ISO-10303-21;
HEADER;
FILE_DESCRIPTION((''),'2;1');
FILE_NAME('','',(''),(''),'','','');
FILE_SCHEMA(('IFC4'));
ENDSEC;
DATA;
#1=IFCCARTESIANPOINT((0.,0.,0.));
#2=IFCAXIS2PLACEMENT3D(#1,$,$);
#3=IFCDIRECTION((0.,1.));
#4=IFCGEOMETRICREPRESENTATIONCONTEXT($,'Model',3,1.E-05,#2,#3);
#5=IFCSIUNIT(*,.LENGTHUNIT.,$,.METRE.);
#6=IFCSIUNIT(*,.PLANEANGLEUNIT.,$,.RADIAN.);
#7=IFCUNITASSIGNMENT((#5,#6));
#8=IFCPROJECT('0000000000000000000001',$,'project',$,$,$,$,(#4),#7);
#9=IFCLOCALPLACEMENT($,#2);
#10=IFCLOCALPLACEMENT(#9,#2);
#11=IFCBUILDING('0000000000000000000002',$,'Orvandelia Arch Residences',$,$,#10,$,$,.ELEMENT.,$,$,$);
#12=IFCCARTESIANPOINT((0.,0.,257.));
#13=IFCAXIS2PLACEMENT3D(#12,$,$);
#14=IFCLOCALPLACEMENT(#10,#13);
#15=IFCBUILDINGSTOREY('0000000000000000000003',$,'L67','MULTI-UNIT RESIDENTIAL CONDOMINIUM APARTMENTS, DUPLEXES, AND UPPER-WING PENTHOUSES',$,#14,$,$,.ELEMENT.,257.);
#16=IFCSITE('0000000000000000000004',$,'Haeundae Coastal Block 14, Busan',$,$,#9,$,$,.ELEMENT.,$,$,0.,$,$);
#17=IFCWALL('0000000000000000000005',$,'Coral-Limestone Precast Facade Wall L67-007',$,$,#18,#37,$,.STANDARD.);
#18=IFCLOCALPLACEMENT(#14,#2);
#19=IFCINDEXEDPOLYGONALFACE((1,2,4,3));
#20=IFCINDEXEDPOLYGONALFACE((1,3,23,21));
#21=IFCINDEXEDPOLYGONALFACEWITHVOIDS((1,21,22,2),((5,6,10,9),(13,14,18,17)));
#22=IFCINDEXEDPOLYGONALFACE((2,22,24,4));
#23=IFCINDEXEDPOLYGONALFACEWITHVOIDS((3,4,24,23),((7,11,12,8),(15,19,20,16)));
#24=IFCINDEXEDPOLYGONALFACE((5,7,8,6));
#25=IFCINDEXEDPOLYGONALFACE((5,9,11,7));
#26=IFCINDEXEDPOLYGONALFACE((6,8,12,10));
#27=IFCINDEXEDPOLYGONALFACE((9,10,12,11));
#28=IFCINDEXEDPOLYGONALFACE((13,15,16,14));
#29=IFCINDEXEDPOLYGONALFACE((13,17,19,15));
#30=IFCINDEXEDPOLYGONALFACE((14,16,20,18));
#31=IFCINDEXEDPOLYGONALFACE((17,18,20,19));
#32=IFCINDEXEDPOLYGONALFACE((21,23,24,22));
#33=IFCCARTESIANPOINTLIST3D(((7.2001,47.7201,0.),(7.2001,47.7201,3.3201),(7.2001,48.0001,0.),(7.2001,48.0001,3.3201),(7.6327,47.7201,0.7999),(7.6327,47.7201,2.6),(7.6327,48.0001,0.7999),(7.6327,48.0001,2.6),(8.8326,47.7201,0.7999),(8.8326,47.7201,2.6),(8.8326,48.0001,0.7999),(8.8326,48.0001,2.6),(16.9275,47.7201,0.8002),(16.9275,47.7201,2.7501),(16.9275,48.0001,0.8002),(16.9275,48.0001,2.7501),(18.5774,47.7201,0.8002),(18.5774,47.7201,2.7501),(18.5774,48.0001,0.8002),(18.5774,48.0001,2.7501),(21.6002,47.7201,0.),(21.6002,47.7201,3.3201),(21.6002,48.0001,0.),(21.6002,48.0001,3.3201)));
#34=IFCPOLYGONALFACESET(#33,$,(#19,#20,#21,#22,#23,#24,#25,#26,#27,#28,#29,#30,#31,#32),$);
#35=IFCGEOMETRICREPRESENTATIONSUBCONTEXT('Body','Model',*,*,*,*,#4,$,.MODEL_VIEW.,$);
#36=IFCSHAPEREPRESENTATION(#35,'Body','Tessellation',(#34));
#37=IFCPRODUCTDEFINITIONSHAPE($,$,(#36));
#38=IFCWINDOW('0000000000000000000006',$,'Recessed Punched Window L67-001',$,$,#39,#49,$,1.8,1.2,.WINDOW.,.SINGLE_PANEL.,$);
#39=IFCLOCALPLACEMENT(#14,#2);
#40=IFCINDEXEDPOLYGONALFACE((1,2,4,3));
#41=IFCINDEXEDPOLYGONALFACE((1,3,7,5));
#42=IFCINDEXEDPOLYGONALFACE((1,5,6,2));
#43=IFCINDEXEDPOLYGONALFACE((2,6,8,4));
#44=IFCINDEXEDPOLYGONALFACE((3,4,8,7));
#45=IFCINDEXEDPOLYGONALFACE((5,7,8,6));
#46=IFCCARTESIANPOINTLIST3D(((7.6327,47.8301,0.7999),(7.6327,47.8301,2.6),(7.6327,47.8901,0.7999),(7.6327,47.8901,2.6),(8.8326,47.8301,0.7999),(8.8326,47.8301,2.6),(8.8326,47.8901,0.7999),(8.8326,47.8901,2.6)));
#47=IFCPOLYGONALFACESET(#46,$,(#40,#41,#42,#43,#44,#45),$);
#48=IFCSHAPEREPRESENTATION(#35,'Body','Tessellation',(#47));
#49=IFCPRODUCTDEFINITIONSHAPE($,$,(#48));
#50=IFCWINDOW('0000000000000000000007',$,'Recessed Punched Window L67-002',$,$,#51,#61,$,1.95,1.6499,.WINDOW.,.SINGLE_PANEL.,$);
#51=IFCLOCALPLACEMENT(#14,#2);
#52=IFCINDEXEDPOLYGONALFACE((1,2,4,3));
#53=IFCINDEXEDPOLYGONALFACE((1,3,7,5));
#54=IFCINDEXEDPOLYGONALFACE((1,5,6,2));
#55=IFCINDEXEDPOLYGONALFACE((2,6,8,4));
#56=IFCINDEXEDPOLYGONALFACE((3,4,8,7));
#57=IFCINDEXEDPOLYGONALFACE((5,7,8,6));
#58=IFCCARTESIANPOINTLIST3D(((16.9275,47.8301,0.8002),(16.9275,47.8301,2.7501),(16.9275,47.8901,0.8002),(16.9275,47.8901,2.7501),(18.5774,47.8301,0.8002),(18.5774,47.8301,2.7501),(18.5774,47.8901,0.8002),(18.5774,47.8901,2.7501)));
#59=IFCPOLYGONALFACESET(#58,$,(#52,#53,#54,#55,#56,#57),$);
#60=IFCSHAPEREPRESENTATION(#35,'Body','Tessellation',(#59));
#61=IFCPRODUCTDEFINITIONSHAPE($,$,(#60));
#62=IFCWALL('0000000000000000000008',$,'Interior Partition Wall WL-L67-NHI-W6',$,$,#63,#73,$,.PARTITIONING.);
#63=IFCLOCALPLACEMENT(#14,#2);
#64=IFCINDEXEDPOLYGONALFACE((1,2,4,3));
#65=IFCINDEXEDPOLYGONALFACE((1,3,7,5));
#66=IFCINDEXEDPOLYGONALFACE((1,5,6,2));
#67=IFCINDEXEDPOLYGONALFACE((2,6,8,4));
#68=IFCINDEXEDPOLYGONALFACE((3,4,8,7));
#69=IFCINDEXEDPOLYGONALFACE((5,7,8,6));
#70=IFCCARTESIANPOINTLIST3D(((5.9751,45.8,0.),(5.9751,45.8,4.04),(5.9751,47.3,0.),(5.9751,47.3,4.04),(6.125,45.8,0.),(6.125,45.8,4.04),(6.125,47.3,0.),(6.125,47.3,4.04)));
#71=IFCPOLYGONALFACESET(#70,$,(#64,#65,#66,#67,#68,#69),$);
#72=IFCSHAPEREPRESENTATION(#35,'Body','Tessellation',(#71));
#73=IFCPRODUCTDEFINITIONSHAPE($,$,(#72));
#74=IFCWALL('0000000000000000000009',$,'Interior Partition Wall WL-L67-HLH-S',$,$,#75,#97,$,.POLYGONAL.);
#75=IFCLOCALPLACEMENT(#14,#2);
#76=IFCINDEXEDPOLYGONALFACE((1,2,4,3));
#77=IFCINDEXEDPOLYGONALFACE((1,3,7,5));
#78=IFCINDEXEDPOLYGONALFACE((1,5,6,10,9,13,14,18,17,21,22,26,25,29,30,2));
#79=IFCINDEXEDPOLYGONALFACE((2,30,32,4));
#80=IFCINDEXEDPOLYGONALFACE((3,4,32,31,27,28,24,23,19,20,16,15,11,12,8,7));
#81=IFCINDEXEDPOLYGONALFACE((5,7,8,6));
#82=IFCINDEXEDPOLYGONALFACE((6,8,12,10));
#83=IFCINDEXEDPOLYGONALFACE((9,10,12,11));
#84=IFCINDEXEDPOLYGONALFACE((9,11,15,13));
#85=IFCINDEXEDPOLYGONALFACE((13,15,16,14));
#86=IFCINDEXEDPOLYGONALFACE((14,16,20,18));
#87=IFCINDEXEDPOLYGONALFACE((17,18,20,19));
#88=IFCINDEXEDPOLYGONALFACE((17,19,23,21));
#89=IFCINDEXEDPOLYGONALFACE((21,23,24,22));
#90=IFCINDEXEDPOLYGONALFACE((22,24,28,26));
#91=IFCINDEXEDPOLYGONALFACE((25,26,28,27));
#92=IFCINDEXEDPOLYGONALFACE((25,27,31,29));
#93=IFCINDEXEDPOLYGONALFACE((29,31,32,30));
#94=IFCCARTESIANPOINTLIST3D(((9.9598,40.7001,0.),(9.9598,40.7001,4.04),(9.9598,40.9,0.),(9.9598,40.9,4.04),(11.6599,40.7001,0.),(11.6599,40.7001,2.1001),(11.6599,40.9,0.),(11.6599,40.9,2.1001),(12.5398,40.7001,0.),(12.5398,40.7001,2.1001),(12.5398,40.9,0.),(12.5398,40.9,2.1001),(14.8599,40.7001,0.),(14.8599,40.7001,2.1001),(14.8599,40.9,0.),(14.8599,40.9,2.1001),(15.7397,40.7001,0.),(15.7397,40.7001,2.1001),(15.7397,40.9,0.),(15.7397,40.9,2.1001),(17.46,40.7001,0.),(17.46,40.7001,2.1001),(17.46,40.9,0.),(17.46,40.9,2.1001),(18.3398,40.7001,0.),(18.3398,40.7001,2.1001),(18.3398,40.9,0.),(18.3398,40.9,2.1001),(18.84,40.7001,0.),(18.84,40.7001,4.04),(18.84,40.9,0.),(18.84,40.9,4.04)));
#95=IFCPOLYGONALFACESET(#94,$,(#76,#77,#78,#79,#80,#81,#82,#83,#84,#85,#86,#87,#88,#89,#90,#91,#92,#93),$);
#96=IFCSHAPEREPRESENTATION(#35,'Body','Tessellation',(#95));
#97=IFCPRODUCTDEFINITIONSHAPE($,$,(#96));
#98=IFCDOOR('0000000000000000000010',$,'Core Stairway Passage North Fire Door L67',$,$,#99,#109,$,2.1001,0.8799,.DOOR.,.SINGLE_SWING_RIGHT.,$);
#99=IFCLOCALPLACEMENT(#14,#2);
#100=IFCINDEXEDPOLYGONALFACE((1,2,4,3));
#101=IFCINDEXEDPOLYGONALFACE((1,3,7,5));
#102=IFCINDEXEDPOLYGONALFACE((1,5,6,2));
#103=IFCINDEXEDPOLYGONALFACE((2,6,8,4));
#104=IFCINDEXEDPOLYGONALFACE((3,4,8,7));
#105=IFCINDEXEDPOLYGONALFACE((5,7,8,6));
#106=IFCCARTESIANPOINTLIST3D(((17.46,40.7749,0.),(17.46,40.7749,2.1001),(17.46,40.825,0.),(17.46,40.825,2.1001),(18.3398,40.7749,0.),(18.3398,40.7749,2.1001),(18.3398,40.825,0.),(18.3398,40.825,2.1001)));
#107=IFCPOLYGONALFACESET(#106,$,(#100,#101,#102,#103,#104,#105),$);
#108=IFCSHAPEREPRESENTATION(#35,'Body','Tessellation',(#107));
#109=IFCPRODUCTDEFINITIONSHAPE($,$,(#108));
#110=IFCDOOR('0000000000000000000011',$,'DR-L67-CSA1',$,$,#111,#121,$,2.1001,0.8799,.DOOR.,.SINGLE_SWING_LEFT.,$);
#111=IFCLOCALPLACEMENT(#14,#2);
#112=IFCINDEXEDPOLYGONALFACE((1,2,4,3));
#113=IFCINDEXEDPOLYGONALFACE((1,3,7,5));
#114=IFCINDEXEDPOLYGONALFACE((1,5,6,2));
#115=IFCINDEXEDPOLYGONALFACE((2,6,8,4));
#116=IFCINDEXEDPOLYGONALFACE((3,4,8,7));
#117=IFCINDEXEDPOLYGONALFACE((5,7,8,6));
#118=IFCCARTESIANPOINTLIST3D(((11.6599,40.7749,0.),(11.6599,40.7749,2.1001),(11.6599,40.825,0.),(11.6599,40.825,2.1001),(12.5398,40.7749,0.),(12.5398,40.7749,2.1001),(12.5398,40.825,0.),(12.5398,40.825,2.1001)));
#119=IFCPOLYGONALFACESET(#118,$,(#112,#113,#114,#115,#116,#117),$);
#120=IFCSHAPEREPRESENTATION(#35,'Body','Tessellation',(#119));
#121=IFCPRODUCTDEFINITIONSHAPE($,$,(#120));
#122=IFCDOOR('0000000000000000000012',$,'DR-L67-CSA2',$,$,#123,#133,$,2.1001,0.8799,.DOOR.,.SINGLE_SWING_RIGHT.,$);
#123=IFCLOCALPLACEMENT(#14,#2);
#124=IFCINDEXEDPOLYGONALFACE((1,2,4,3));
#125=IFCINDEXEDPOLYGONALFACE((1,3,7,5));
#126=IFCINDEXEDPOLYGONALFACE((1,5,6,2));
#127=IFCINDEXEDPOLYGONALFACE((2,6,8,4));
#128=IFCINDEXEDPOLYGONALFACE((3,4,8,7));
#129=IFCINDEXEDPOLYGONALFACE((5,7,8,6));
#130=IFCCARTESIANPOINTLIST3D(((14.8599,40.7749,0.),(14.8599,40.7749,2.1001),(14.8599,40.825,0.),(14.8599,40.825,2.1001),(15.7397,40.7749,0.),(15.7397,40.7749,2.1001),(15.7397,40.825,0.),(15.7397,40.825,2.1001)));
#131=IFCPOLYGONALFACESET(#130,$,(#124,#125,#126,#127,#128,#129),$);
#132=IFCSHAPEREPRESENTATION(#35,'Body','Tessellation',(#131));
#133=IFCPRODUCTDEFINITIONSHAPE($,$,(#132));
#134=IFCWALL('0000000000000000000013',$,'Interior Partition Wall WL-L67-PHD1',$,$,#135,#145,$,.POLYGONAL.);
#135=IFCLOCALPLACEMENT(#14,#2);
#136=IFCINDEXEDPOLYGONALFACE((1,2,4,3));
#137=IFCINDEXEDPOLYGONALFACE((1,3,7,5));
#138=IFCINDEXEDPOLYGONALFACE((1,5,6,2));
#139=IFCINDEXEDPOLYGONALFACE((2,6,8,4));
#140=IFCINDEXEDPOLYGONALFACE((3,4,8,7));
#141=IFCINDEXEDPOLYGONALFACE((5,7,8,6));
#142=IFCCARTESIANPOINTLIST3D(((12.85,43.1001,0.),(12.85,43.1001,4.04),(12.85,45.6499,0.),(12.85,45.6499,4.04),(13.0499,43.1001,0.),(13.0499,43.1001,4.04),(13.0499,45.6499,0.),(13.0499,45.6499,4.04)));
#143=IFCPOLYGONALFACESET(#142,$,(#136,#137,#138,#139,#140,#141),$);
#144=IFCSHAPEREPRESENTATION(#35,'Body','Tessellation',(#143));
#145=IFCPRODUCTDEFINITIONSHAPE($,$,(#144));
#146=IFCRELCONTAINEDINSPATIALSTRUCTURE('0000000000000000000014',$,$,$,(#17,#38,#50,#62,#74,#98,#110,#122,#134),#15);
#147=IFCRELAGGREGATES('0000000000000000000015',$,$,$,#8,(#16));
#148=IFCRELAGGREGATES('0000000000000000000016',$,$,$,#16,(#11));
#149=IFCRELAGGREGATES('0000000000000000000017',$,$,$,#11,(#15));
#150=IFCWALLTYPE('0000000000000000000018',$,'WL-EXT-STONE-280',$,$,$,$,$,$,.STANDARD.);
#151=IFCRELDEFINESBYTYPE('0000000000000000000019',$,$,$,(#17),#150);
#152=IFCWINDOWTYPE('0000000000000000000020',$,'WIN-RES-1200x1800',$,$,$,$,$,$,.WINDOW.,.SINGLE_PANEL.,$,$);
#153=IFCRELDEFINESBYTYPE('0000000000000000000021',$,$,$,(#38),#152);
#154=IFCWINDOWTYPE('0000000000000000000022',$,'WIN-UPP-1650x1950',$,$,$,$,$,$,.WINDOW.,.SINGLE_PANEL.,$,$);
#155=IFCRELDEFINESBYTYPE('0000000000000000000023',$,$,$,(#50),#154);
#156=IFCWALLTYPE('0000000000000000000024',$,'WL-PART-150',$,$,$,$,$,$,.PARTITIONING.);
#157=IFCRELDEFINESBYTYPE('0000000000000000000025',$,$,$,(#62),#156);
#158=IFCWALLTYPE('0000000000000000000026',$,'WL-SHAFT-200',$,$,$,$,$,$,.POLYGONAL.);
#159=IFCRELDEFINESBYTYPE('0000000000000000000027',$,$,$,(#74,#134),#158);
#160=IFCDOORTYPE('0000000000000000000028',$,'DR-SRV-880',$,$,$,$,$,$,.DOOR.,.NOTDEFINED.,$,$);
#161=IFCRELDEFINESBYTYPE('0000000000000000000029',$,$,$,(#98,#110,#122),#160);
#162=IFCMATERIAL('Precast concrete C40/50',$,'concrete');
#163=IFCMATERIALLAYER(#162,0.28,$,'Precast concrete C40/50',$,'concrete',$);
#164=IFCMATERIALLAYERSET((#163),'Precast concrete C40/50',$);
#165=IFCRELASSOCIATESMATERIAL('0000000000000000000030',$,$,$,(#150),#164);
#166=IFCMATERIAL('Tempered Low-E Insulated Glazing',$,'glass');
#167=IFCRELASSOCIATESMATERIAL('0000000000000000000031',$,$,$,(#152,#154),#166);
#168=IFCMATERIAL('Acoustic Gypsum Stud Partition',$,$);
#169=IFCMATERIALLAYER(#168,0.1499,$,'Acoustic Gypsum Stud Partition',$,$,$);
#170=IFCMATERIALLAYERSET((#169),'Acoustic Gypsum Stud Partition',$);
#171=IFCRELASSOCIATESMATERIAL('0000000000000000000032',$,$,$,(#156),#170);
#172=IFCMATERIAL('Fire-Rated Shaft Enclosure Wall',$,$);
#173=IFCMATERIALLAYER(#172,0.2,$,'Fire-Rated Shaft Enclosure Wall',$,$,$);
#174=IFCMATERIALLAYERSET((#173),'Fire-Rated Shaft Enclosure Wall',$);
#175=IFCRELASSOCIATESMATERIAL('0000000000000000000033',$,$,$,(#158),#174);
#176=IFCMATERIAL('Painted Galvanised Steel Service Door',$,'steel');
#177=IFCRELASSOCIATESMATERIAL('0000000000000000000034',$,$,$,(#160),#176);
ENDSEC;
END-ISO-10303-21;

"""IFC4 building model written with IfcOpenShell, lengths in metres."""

from ifc_helpers import new_model, si_unit, direction, frame, frame_2d, origin, place, context, subcontext, project, spatial, rectangle, extrude, material, layer, layer_set, type_object, element, fill, save


model = new_model("IFC4")

# Units and contexts
model_context = context("Model", 3, precision=1e-05, world=origin(), true_north=direction((0.0, 1.0)))
body_context = subcontext(model_context, "Body", "Model", "MODEL_VIEW")
ifc_project = project(units=[si_unit("LENGTHUNIT", "METRE"), si_unit("PLANEANGLEUNIT", "RADIAN")], contexts=[model_context])

# Site, building, storey
site_placement = place(None, origin())
site = spatial("IfcSite", under=ifc_project, at=site_placement, Name="Haeundae Coastal Block 14, Busan", CompositionType="ELEMENT", RefElevation=0.0)
building_placement = place(site_placement, origin())
building = spatial("IfcBuilding", under=site, at=building_placement, Name="Orvandelia Arch Residences", CompositionType="ELEMENT")
storey_placement = place(building_placement, frame((0.0, 0.0, 257.0)))
storey = spatial("IfcBuildingStorey", under=building, at=storey_placement, Name="L67", Description="MULTI-UNIT RESIDENTIAL CONDOMINIUM APARTMENTS, DUPLEXES, AND UPPER-WING PENTHOUSES", CompositionType="ELEMENT", Elevation=257.0)

# Shared definitions
ifc_material_1 = material(Name="Precast concrete C40/50", Category="concrete")
ifc_layer_1 = layer(ifc_material_1, 0.28, Name="Precast concrete C40/50", Category="concrete")
ifc_layer_set_1 = layer_set([ifc_layer_1], Name="Precast concrete C40/50")
wall_type_1 = type_object("IfcWallType", Name="WL-EXT-STONE-280", PredefinedType="STANDARD", material=ifc_layer_set_1)

# Wall, openings, windows
wall_1_placement = place(storey_placement, frame((7.2, 47.8601, 0.0), z_axis=(0.0, 0.0, 1.0), x_axis=(1.0, 0.0, 0.0)))
wall_1 = element("IfcWall", 1, at=wall_1_placement, inside=storey, type_object=wall_type_1, Name="Coral-Limestone Precast Facade Wall L67-007", PredefinedType="STANDARD", context=body_context, shape_type="SweptSolid", body=[
    extrude(rectangle(XDim=14.4001, YDim=0.28, at=frame_2d((7.2002, 0.0))), origin(), (0.0, 0.0, 1.0), 3.3201),
])
opening_1_placement = place(wall_1_placement, frame((0.4326, 0.0, 0.8)))
opening_1 = element("IfcOpeningElement", 2, at=opening_1_placement, cuts=wall_1, PredefinedType="OPENING", context=body_context, shape_type="SweptSolid", body=[
    extrude(rectangle(XDim=1.2, YDim=1.8, at=frame_2d((0.6001, 0.8999))), frame((0.0, 0.1499, 0.0), z_axis=(0.0, -1.0, 0.0), x_axis=(1.0, 0.0, 0.0)), (0.0, 0.0, 1.0), 0.3),
])
opening_2_placement = place(wall_1_placement, frame((9.7275, 0.0, 0.8)))
opening_2 = element("IfcOpeningElement", 3, at=opening_2_placement, cuts=wall_1, PredefinedType="OPENING", context=body_context, shape_type="SweptSolid", body=[
    extrude(rectangle(XDim=1.6499, YDim=1.95, at=frame_2d((0.825, 0.9751))), frame((0.0, 0.1499, 0.0), z_axis=(0.0, -1.0, 0.0), x_axis=(1.0, 0.0, 0.0)), (0.0, 0.0, 1.0), 0.3),
])
ifc_material_2 = material(Name="Tempered Low-E Insulated Glazing", Category="glass")
window_type_1 = type_object("IfcWindowType", Name="WIN-RES-1200x1800", PartitioningType="SINGLE_PANEL", PredefinedType="WINDOW", material=ifc_material_2)
window_1_placement = place(opening_1_placement, origin())
window_1 = element("IfcWindow", 4, at=window_1_placement, inside=storey, type_object=window_type_1, Name="Recessed Punched Window L67-001", OverallHeight=1.8, OverallWidth=1.2, PartitioningType="SINGLE_PANEL", PredefinedType="WINDOW", context=body_context, shape_type="SweptSolid", body=[
    extrude(rectangle(XDim=1.2, YDim=1.8, at=frame_2d((0.6001, 0.8999))), frame((0.0, 0.03, 0.0), z_axis=(0.0, -1.0, 0.0), x_axis=(1.0, 0.0, 0.0)), (0.0, 0.0, 1.0), 0.0601),
])
fill(opening_1, window_1)
window_type_2 = type_object("IfcWindowType", Name="WIN-UPP-1650x1950", PartitioningType="SINGLE_PANEL", PredefinedType="WINDOW", material=ifc_material_2)
window_2_placement = place(opening_2_placement, origin())
window_2 = element("IfcWindow", 5, at=window_2_placement, inside=storey, type_object=window_type_2, Name="Recessed Punched Window L67-002", OverallHeight=1.95, OverallWidth=1.6499, PartitioningType="SINGLE_PANEL", PredefinedType="WINDOW", context=body_context, shape_type="SweptSolid", body=[
    extrude(rectangle(XDim=1.6499, YDim=1.95, at=frame_2d((0.825, 0.9751))), frame((0.0, 0.03, 0.0), z_axis=(0.0, -1.0, 0.0), x_axis=(1.0, 0.0, 0.0)), (0.0, 0.0, 1.0), 0.0601),
])
fill(opening_2, window_2)

# Wall
ifc_material_3 = material(Name="Acoustic Gypsum Stud Partition")
ifc_layer_2 = layer(ifc_material_3, 0.1499, Name="Acoustic Gypsum Stud Partition")
ifc_layer_set_2 = layer_set([ifc_layer_2], Name="Acoustic Gypsum Stud Partition")
wall_type_2 = type_object("IfcWallType", Name="WL-PART-150", PredefinedType="PARTITIONING", material=ifc_layer_set_2)
wall_2_placement = place(storey_placement, frame((6.05, 45.8, 0.0), z_axis=(0.0, 0.0, 1.0), x_axis=(0.0, 1.0, 0.0)))
element("IfcWall", 6, at=wall_2_placement, inside=storey, type_object=wall_type_2, Name="Interior Partition Wall WL-L67-NHI-W6", PredefinedType="PARTITIONING", context=body_context, shape_type="SweptSolid", body=[
    extrude(rectangle(XDim=1.5, YDim=0.1499, at=frame_2d((0.75, 0.0))), origin(), (0.0, 0.0, 1.0), 4.04),
])

# Wall, openings, doors
ifc_material_4 = material(Name="Fire-Rated Shaft Enclosure Wall")
ifc_layer_3 = layer(ifc_material_4, 0.2, Name="Fire-Rated Shaft Enclosure Wall")
ifc_layer_set_3 = layer_set([ifc_layer_3], Name="Fire-Rated Shaft Enclosure Wall")
wall_type_3 = type_object("IfcWallType", Name="WL-SHAFT-200", PredefinedType="POLYGONAL", material=ifc_layer_set_3)
wall_3_placement = place(storey_placement, frame((9.96, 40.8, 0.0), z_axis=(0.0, 0.0, 1.0), x_axis=(1.0, 0.0, 0.0)))
wall_3 = element("IfcWall", 7, at=wall_3_placement, inside=storey, type_object=wall_type_3, Name="Interior Partition Wall WL-L67-HLH-S", PredefinedType="POLYGONAL", context=body_context, shape_type="SweptSolid", body=[
    extrude(rectangle(XDim=8.8801, YDim=0.2, at=frame_2d((4.4399, 0.0))), origin(), (0.0, 0.0, 1.0), 4.04),
])
opening_3_placement = place(wall_3_placement, frame((7.5, 0.0, 0.0)))
opening_3 = element("IfcOpeningElement", 8, at=opening_3_placement, cuts=wall_3, PredefinedType="OPENING", context=body_context, shape_type="SweptSolid", body=[
    extrude(rectangle(XDim=0.8799, YDim=2.1001, at=frame_2d((0.4399, 1.05))), frame((0.0, 0.1099, 0.0), z_axis=(0.0, -1.0, 0.0), x_axis=(1.0, 0.0, 0.0)), (0.0, 0.0, 1.0), 0.22),
])
opening_4_placement = place(wall_3_placement, frame((1.7, 0.0, 0.0)))
opening_4 = element("IfcOpeningElement", 9, at=opening_4_placement, cuts=wall_3, PredefinedType="OPENING", context=body_context, shape_type="SweptSolid", body=[
    extrude(rectangle(XDim=0.8799, YDim=2.1001, at=frame_2d((0.4399, 1.05))), frame((0.0, 0.1099, 0.0), z_axis=(0.0, -1.0, 0.0), x_axis=(1.0, 0.0, 0.0)), (0.0, 0.0, 1.0), 0.22),
])
opening_5_placement = place(wall_3_placement, frame((4.8999, 0.0, 0.0)))
opening_5 = element("IfcOpeningElement", 10, at=opening_5_placement, cuts=wall_3, PredefinedType="OPENING", context=body_context, shape_type="SweptSolid", body=[
    extrude(rectangle(XDim=0.8799, YDim=2.1001, at=frame_2d((0.4399, 1.05))), frame((0.0, 0.1099, 0.0), z_axis=(0.0, -1.0, 0.0), x_axis=(1.0, 0.0, 0.0)), (0.0, 0.0, 1.0), 0.22),
])
ifc_material_5 = material(Name="Painted Galvanised Steel Service Door", Category="steel")
door_type_1 = type_object("IfcDoorType", Name="DR-SRV-880", OperationType="NOTDEFINED", PredefinedType="DOOR", material=ifc_material_5)
door_1_placement = place(opening_3_placement, origin())
door_1 = element("IfcDoor", 11, at=door_1_placement, inside=storey, type_object=door_type_1, Name="Core Stairway Passage North Fire Door L67", OperationType="SINGLE_SWING_RIGHT", OverallHeight=2.1001, OverallWidth=0.8799, PredefinedType="DOOR", context=body_context, shape_type="SweptSolid", body=[
    extrude(rectangle(XDim=0.8799, YDim=2.1001, at=frame_2d((0.4399, 1.05))), frame((0.0, 0.0249, 0.0), z_axis=(0.0, -1.0, 0.0), x_axis=(1.0, 0.0, 0.0)), (0.0, 0.0, 1.0), 0.05),
])
fill(opening_3, door_1)
door_2_placement = place(opening_4_placement, origin())
door_2 = element("IfcDoor", 12, at=door_2_placement, inside=storey, type_object=door_type_1, Name="DR-L67-CSA1", OperationType="SINGLE_SWING_LEFT", OverallHeight=2.1001, OverallWidth=0.8799, PredefinedType="DOOR", context=body_context, shape_type="SweptSolid", body=[
    extrude(rectangle(XDim=0.8799, YDim=2.1001, at=frame_2d((0.4399, 1.05))), frame((0.0, 0.0249, 0.0), z_axis=(0.0, -1.0, 0.0), x_axis=(1.0, 0.0, 0.0)), (0.0, 0.0, 1.0), 0.05),
])
fill(opening_4, door_2)
door_3_placement = place(opening_5_placement, origin())
door_3 = element("IfcDoor", 13, at=door_3_placement, inside=storey, type_object=door_type_1, Name="DR-L67-CSA2", OperationType="SINGLE_SWING_RIGHT", OverallHeight=2.1001, OverallWidth=0.8799, PredefinedType="DOOR", context=body_context, shape_type="SweptSolid", body=[
    extrude(rectangle(XDim=0.8799, YDim=2.1001, at=frame_2d((0.4399, 1.05))), frame((0.0, 0.0249, 0.0), z_axis=(0.0, -1.0, 0.0), x_axis=(1.0, 0.0, 0.0)), (0.0, 0.0, 1.0), 0.05),
])
fill(opening_5, door_3)

# Wall
wall_4_placement = place(storey_placement, frame((12.95, 43.1001, 0.0), z_axis=(0.0, 0.0, 1.0), x_axis=(0.0, 1.0, 0.0)))
element("IfcWall", 14, at=wall_4_placement, inside=storey, type_object=wall_type_3, Name="Interior Partition Wall WL-L67-PHD1", PredefinedType="POLYGONAL", context=body_context, shape_type="SweptSolid", body=[
    extrude(rectangle(XDim=2.5498, YDim=0.2, at=frame_2d((1.2749, 0.0))), origin(), (0.0, 0.0, 1.0), 4.04),
])

save(model, "model.ifc")
